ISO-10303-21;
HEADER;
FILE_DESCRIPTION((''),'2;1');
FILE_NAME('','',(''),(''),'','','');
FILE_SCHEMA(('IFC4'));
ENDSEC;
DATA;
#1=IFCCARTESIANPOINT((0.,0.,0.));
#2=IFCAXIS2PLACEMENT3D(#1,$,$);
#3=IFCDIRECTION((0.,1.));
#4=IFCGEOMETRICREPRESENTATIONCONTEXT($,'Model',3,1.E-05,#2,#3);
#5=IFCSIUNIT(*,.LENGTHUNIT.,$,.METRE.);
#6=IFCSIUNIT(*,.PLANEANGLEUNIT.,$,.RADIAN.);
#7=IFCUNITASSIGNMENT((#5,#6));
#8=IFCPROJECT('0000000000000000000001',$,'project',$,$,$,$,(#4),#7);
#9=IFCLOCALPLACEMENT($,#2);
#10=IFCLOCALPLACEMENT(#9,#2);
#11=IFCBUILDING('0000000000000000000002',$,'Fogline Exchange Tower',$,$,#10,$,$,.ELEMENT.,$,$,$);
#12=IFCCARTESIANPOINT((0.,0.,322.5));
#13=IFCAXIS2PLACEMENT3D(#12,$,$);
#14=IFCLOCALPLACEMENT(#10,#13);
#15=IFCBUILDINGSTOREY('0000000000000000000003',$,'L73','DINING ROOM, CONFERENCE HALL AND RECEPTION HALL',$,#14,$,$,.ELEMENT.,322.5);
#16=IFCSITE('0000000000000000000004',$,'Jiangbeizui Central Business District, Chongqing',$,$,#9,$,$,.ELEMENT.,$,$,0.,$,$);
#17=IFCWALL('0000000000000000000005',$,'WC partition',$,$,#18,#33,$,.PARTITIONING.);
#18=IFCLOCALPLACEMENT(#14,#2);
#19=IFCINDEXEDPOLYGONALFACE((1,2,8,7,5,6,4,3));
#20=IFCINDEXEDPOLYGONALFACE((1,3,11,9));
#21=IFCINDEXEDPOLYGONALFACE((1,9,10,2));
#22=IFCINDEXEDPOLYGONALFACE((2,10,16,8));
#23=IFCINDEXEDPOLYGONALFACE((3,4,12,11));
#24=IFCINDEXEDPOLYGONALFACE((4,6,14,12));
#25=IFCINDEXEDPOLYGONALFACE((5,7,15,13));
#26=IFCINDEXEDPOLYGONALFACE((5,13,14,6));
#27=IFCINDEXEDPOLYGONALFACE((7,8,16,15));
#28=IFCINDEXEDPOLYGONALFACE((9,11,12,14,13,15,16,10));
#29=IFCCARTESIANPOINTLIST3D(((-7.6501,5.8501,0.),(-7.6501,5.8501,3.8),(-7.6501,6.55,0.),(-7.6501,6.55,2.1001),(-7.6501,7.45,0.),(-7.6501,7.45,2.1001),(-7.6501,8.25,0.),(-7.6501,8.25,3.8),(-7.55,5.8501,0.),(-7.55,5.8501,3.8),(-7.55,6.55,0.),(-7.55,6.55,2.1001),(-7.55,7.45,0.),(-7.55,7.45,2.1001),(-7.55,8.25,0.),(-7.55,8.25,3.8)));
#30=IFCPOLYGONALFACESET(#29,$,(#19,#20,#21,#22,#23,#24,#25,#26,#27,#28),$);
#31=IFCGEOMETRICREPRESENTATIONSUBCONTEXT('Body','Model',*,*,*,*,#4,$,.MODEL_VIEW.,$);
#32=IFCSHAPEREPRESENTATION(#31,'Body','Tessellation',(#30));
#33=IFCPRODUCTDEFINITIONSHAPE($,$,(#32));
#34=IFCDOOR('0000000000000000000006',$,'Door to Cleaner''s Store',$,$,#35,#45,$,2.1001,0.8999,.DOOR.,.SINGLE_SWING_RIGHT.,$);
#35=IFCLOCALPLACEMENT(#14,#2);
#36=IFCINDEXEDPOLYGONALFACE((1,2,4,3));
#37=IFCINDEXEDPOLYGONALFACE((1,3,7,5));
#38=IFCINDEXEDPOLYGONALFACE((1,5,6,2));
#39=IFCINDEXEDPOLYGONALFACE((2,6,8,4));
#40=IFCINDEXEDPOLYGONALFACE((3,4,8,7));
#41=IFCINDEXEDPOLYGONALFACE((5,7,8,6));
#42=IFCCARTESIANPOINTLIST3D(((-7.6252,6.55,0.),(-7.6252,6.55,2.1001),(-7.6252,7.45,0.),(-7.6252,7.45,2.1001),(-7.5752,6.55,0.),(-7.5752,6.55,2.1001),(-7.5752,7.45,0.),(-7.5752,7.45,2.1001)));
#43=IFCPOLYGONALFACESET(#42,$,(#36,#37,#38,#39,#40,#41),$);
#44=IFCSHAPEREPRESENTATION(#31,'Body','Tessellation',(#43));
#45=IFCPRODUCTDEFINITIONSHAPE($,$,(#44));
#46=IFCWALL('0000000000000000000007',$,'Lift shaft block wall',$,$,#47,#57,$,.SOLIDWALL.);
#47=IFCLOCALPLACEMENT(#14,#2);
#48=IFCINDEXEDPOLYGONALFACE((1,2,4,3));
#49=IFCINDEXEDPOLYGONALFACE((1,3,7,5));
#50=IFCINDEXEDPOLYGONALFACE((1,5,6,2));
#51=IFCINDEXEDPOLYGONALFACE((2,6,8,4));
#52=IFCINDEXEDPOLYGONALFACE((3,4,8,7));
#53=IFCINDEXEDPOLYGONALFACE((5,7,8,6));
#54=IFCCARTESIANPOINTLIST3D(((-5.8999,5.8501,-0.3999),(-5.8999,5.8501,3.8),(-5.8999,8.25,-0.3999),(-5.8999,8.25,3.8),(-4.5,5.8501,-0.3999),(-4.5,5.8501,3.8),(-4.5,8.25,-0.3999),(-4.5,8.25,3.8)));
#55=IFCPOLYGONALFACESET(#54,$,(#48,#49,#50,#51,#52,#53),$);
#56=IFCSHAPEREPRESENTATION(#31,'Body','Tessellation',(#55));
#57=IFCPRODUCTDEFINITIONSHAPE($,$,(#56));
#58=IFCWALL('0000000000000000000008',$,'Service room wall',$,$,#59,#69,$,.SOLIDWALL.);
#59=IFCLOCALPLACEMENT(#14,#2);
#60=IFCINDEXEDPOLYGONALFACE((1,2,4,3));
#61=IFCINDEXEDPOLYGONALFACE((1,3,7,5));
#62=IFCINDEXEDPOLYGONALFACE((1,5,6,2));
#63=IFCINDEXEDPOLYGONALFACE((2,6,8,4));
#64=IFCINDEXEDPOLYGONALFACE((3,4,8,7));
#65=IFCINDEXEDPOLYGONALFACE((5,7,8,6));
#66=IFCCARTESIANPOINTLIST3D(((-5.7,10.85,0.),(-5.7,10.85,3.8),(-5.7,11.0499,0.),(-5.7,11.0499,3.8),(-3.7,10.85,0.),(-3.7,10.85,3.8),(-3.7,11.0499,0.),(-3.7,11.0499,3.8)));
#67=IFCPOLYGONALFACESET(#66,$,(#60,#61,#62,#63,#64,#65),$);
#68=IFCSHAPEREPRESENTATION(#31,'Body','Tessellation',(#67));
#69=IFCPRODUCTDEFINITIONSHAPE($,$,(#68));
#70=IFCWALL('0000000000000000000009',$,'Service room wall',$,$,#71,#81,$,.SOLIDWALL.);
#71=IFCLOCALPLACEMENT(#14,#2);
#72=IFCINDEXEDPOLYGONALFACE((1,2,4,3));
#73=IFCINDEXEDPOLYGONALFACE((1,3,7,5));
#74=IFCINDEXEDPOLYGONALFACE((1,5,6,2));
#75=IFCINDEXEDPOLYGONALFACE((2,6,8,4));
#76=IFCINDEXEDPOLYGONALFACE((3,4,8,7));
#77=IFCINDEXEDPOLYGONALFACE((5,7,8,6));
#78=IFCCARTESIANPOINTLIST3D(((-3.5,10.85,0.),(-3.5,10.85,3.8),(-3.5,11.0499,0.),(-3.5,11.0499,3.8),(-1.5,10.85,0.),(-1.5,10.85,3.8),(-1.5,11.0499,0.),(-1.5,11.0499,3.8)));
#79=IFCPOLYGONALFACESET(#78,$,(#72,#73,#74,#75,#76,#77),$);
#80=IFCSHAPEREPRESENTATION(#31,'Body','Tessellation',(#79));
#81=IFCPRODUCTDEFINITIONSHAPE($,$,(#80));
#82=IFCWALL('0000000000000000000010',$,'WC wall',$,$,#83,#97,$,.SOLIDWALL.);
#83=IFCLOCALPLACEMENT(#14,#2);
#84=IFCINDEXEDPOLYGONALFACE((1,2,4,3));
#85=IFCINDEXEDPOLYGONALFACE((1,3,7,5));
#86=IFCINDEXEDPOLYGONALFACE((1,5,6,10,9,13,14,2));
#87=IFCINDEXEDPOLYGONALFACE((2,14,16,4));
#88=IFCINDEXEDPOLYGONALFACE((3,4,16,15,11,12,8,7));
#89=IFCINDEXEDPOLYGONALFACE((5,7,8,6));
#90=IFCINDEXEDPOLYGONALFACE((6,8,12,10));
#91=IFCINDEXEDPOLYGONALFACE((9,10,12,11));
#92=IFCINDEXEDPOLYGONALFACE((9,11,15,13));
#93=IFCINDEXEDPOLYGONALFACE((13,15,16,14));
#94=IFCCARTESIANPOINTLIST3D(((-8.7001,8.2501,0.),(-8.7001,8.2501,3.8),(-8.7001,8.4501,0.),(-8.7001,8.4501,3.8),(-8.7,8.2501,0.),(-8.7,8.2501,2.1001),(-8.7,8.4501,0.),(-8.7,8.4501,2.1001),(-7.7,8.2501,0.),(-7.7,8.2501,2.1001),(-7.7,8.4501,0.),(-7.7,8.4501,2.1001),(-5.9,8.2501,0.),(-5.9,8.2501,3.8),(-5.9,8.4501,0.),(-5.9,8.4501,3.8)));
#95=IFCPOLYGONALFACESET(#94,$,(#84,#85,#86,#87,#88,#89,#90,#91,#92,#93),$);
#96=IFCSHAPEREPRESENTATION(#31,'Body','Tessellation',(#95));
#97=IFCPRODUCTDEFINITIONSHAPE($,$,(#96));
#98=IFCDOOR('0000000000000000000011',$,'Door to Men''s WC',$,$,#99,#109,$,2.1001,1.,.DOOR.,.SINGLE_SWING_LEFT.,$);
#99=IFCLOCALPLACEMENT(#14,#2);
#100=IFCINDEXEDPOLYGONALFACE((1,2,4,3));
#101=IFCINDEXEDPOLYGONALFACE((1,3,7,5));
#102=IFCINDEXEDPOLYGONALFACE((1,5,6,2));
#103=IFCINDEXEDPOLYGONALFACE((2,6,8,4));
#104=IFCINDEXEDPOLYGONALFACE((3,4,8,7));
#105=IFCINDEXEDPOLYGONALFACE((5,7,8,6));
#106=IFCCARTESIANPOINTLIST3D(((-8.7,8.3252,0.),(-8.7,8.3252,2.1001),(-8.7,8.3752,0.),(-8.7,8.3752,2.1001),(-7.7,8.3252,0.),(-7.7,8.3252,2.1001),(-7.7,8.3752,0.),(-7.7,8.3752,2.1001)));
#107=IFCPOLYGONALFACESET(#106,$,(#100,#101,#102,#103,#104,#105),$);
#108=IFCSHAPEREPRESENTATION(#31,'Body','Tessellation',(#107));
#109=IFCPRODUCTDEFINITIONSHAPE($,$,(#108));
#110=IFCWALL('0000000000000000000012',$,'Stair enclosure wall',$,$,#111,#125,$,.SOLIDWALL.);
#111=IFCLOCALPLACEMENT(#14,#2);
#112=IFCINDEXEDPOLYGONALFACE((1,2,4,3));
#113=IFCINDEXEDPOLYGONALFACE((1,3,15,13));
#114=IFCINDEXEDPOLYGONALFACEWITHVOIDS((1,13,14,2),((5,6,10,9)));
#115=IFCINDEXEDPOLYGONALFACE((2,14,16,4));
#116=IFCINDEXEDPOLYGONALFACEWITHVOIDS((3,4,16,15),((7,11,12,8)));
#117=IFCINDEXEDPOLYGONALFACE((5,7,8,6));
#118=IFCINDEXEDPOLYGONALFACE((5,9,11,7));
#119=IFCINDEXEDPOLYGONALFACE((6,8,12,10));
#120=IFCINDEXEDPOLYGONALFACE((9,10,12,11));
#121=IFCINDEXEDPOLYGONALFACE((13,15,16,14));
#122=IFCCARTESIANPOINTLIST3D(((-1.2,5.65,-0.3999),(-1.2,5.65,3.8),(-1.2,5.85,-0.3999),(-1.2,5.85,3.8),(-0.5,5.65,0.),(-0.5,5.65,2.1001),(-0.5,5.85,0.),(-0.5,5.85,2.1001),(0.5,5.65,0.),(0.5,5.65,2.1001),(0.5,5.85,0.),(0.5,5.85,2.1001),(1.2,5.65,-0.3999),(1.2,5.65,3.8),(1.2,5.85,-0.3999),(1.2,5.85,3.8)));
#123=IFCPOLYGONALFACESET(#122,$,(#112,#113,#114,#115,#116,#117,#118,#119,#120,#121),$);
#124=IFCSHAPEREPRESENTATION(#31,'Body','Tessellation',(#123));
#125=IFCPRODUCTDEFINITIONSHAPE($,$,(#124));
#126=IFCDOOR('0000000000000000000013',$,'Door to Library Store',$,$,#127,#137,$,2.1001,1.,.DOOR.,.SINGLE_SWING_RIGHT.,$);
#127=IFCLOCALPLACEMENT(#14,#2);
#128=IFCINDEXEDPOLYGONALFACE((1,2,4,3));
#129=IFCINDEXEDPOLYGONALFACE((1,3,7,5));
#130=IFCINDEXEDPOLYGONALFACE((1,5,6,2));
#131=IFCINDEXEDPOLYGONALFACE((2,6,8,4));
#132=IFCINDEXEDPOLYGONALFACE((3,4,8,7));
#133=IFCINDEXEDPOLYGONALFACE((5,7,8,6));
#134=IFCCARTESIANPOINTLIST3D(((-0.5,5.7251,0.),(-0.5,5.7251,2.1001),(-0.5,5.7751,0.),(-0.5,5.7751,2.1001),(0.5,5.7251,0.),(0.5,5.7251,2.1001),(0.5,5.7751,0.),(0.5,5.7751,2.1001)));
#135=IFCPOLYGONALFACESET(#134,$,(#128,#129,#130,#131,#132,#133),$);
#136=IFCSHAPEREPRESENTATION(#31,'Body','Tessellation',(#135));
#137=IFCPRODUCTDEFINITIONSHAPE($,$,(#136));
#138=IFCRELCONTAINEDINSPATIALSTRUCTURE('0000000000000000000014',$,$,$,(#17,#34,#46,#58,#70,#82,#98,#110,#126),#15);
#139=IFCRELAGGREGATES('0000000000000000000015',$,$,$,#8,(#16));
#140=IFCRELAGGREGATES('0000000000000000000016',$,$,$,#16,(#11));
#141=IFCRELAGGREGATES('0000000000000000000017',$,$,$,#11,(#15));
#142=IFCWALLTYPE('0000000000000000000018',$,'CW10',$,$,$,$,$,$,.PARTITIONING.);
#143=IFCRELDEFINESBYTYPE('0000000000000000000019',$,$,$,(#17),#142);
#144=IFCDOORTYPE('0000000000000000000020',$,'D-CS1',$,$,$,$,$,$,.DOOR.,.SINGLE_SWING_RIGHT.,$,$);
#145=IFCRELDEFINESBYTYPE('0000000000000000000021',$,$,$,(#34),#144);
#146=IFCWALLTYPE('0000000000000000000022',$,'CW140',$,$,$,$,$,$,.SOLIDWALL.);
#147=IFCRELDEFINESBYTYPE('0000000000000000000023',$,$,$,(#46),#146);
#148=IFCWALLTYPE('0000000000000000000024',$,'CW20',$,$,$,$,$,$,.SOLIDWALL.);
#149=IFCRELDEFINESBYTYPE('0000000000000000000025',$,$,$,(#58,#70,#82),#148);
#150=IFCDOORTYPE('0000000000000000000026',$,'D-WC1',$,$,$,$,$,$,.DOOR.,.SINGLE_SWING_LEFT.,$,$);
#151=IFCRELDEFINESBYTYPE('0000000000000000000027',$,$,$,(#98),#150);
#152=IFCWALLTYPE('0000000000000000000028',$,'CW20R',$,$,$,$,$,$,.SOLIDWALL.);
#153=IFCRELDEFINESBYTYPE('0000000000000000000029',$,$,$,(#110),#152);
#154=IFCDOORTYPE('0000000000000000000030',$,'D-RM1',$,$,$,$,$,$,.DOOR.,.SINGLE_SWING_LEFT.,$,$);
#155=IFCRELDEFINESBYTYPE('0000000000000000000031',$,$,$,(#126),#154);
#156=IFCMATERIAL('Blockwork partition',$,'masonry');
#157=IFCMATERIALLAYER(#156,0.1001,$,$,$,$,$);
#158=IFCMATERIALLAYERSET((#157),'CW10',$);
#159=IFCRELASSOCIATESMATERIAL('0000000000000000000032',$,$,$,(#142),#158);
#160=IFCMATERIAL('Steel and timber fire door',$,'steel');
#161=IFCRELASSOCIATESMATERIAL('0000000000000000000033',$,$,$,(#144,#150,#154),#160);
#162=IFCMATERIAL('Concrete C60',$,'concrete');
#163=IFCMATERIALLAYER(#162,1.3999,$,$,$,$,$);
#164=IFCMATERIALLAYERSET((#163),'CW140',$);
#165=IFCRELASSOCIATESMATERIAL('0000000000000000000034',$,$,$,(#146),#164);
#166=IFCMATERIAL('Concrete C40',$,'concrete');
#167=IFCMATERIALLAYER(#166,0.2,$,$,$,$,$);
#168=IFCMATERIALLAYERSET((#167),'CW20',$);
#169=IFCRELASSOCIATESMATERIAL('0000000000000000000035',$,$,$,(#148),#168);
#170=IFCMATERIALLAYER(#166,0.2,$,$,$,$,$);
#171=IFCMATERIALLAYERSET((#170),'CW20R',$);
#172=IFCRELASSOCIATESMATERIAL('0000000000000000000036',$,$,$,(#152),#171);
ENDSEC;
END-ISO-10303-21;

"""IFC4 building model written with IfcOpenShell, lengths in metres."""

from ifc_helpers import new_model, si_unit, direction, frame, frame_2d, origin, place, context, subcontext, project, spatial, rectangle, extrude, material, layer, layer_set, type_object, element, fill, save


model = new_model("IFC4")

# Units and contexts
model_context = context("Model", 3, precision=1e-05, world=origin(), true_north=direction((0.0, 1.0)))
body_context = subcontext(model_context, "Body", "Model", "MODEL_VIEW")
ifc_project = project(units=[si_unit("LENGTHUNIT", "METRE"), si_unit("PLANEANGLEUNIT", "RADIAN")], contexts=[model_context])

# Site, building, storey
site_placement = place(None, origin())
site = spatial("IfcSite", under=ifc_project, at=site_placement, Name="Jiangbeizui Central Business District, Chongqing", CompositionType="ELEMENT", RefElevation=0.0)
building_placement = place(site_placement, origin())
building = spatial("IfcBuilding", under=site, at=building_placement, Name="Fogline Exchange Tower", CompositionType="ELEMENT")
storey_placement = place(building_placement, frame((0.0, 0.0, 322.5)))
storey = spatial("IfcBuildingStorey", under=building, at=storey_placement, Name="L73", Description="DINING ROOM, CONFERENCE HALL AND RECEPTION HALL", CompositionType="ELEMENT", Elevation=322.5)

# Wall, opening, door
ifc_material_1 = material(Name="Blockwork partition", Category="masonry")
ifc_layer_1 = layer(ifc_material_1, 0.1001)
ifc_layer_set_1 = layer_set([ifc_layer_1], Name="CW10")
wall_type_1 = type_object("IfcWallType", Name="CW10", PredefinedType="PARTITIONING", material=ifc_layer_set_1)
wall_1_placement = place(storey_placement, frame((-7.6001, 5.8501, 0.0), z_axis=(0.0, 0.0, 1.0), x_axis=(0.0, 1.0, 0.0)))
wall_1 = element("IfcWall", 1, at=wall_1_placement, inside=storey, type_object=wall_type_1, Name="WC partition", PredefinedType="PARTITIONING", context=body_context, shape_type="SweptSolid", body=[
    extrude(rectangle(XDim=2.3999, YDim=0.1001, at=frame_2d((1.2, 0.0))), origin(), (0.0, 0.0, 1.0), 3.8),
])
opening_1_placement = place(wall_1_placement, frame((0.7, 0.0, 0.0)))
opening_1 = element("IfcOpeningElement", 2, at=opening_1_placement, cuts=wall_1, PredefinedType="OPENING", context=body_context, shape_type="SweptSolid", body=[
    extrude(rectangle(XDim=0.8999, YDim=2.1001, at=frame_2d((0.45, 1.05))), frame((0.0, 0.0601, 0.0), z_axis=(0.0, -1.0, 0.0), x_axis=(1.0, 0.0, 0.0)), (0.0, 0.0, 1.0), 0.1201),
])
ifc_material_2 = material(Name="Steel and timber fire door", Category="steel")
door_type_1 = type_object("IfcDoorType", Name="D-CS1", OperationType="SINGLE_SWING_RIGHT", PredefinedType="DOOR", material=ifc_material_2)
door_1_placement = place(opening_1_placement, frame((0.8999, 0.0, 0.0), z_axis=(0.0, 0.0, 1.0), x_axis=(-1.0, 0.0, 0.0)))
door_1 = element("IfcDoor", 3, at=door_1_placement, inside=storey, type_object=door_type_1, Name="Door to Cleaner's Store", OperationType="SINGLE_SWING_RIGHT", OverallHeight=2.1001, OverallWidth=0.8999, PredefinedType="DOOR", context=body_context, shape_type="SweptSolid", body=[
    extrude(rectangle(XDim=0.8999, YDim=2.1001, at=frame_2d((0.45, 1.05))), frame((0.0, 0.0249, 0.0), z_axis=(0.0, -1.0, 0.0), x_axis=(1.0, 0.0, 0.0)), (0.0, 0.0, 1.0), 0.05),
])
fill(opening_1, door_1)

# Walls
ifc_material_3 = material(Name="Concrete C60", Category="concrete")
ifc_layer_2 = layer(ifc_material_3, 1.3999)
ifc_layer_set_2 = layer_set([ifc_layer_2], Name="CW140")
wall_type_2 = type_object("IfcWallType", Name="CW140", PredefinedType="SOLIDWALL", material=ifc_layer_set_2)
wall_2_placement = place(storey_placement, frame((-5.2, 5.8501, -0.3999), z_axis=(0.0, 0.0, 1.0), x_axis=(0.0, 1.0, 0.0)))
element("IfcWall", 4, at=wall_2_placement, inside=storey, type_object=wall_type_2, Name="Lift shaft block wall", PredefinedType="SOLIDWALL", context=body_context, shape_type="SweptSolid", body=[
    extrude(rectangle(XDim=2.3999, YDim=1.3999, at=frame_2d((1.2, 0.0))), origin(), (0.0, 0.0, 1.0), 4.2),
])
ifc_material_4 = material(Name="Concrete C40", Category="concrete")
ifc_layer_3 = layer(ifc_material_4, 0.2)
ifc_layer_set_3 = layer_set([ifc_layer_3], Name="CW20")
wall_type_3 = type_object("IfcWallType", Name="CW20", PredefinedType="SOLIDWALL", material=ifc_layer_set_3)
for number, where, z_axis, x_axis, name in (
    (5, (-5.7, 10.95, 0.0), (0.0, 0.0, 1.0), (1.0, 0.0, 0.0), "Service room wall"),
    (6, (-3.5, 10.95, 0.0), (0.0, 0.0, 1.0), (1.0, 0.0, 0.0), "Service room wall"),
):
    element("IfcWall", number, at=place(storey_placement, frame(where, z_axis=z_axis, x_axis=x_axis)), inside=storey, type_object=wall_type_3, Name=name, PredefinedType="SOLIDWALL", context=body_context, shape_type="SweptSolid", body=[
        extrude(rectangle(XDim=2.0, YDim=0.2, at=frame_2d((1.0, 0.0))), origin(), (0.0, 0.0, 1.0), 3.8),
    ])

# Walls, openings, doors
wall_3_placement = place(storey_placement, frame((-8.7, 8.3501, 0.0), z_axis=(0.0, 0.0, 1.0), x_axis=(1.0, 0.0, 0.0)))
wall_3 = element("IfcWall", 7, at=wall_3_placement, inside=storey, type_object=wall_type_3, Name="WC wall", PredefinedType="SOLIDWALL", context=body_context, shape_type="SweptSolid", body=[
    extrude(rectangle(XDim=2.8, YDim=0.2, at=frame_2d((1.3999, 0.0))), origin(), (0.0, 0.0, 1.0), 3.8),
])
opening_2_placement = place(wall_3_placement, origin())
opening_2 = element("IfcOpeningElement", 8, at=opening_2_placement, cuts=wall_3, PredefinedType="OPENING", context=body_context, shape_type="SweptSolid", body=[
    extrude(rectangle(XDim=1.0, YDim=2.1001, at=frame_2d((0.5, 1.05))), frame((0.0, 0.1099, 0.0), z_axis=(0.0, -1.0, 0.0), x_axis=(1.0, 0.0, 0.0)), (0.0, 0.0, 1.0), 0.22),
])
door_type_2 = type_object("IfcDoorType", Name="D-WC1", OperationType="SINGLE_SWING_LEFT", PredefinedType="DOOR", material=ifc_material_2)
door_2_placement = place(opening_2_placement, frame((1.0, 0.0, 0.0), z_axis=(0.0, 0.0, 1.0), x_axis=(-1.0, 0.0, 0.0)))
door_2 = element("IfcDoor", 9, at=door_2_placement, inside=storey, type_object=door_type_2, Name="Door to Men's WC", OperationType="SINGLE_SWING_LEFT", OverallHeight=2.1001, OverallWidth=1.0, PredefinedType="DOOR", context=body_context, shape_type="SweptSolid", body=[
    extrude(rectangle(XDim=1.0, YDim=2.1001, at=frame_2d((0.5, 1.05))), frame((0.0, 0.0249, 0.0), z_axis=(0.0, -1.0, 0.0), x_axis=(1.0, 0.0, 0.0)), (0.0, 0.0, 1.0), 0.05),
])
fill(opening_2, door_2)
ifc_layer_4 = layer(ifc_material_4, 0.2)
ifc_layer_set_4 = layer_set([ifc_layer_4], Name="CW20R")
wall_type_4 = type_object("IfcWallType", Name="CW20R", PredefinedType="SOLIDWALL", material=ifc_layer_set_4)
wall_4_placement = place(storey_placement, frame((-1.2, 5.75, -0.3999), z_axis=(0.0, 0.0, 1.0), x_axis=(1.0, 0.0, 0.0)))
wall_4 = element("IfcWall", 10, at=wall_4_placement, inside=storey, type_object=wall_type_4, Name="Stair enclosure wall", PredefinedType="SOLIDWALL", context=body_context, shape_type="SweptSolid", body=[
    extrude(rectangle(XDim=2.3999, YDim=0.2, at=frame_2d((1.2, 0.0))), origin(), (0.0, 0.0, 1.0), 4.2),
])
opening_3_placement = place(wall_4_placement, frame((0.7, 0.0, 0.3999)))
opening_3 = element("IfcOpeningElement", 11, at=opening_3_placement, cuts=wall_4, PredefinedType="OPENING", context=body_context, shape_type="SweptSolid", body=[
    extrude(rectangle(XDim=1.0, YDim=2.1001, at=frame_2d((0.5, 1.05))), frame((0.0, 0.1099, 0.0), z_axis=(0.0, -1.0, 0.0), x_axis=(1.0, 0.0, 0.0)), (0.0, 0.0, 1.0), 0.22),
])
door_type_3 = type_object("IfcDoorType", Name="D-RM1", OperationType="SINGLE_SWING_LEFT", PredefinedType="DOOR", material=ifc_material_2)
door_3_placement = place(opening_3_placement, frame((1.0, 0.0, 0.0), z_axis=(0.0, 0.0, 1.0), x_axis=(-1.0, 0.0, 0.0)))
door_3 = element("IfcDoor", 12, at=door_3_placement, inside=storey, type_object=door_type_3, Name="Door to Library Store", OperationType="SINGLE_SWING_RIGHT", OverallHeight=2.1001, OverallWidth=1.0, PredefinedType="DOOR", context=body_context, shape_type="SweptSolid", body=[
    extrude(rectangle(XDim=1.0, YDim=2.1001, at=frame_2d((0.5, 1.05))), frame((0.0, 0.0249, 0.0), z_axis=(0.0, -1.0, 0.0), x_axis=(1.0, 0.0, 0.0)), (0.0, 0.0, 1.0), 0.05),
])
fill(opening_3, door_3)

save(model, "model.ifc")
